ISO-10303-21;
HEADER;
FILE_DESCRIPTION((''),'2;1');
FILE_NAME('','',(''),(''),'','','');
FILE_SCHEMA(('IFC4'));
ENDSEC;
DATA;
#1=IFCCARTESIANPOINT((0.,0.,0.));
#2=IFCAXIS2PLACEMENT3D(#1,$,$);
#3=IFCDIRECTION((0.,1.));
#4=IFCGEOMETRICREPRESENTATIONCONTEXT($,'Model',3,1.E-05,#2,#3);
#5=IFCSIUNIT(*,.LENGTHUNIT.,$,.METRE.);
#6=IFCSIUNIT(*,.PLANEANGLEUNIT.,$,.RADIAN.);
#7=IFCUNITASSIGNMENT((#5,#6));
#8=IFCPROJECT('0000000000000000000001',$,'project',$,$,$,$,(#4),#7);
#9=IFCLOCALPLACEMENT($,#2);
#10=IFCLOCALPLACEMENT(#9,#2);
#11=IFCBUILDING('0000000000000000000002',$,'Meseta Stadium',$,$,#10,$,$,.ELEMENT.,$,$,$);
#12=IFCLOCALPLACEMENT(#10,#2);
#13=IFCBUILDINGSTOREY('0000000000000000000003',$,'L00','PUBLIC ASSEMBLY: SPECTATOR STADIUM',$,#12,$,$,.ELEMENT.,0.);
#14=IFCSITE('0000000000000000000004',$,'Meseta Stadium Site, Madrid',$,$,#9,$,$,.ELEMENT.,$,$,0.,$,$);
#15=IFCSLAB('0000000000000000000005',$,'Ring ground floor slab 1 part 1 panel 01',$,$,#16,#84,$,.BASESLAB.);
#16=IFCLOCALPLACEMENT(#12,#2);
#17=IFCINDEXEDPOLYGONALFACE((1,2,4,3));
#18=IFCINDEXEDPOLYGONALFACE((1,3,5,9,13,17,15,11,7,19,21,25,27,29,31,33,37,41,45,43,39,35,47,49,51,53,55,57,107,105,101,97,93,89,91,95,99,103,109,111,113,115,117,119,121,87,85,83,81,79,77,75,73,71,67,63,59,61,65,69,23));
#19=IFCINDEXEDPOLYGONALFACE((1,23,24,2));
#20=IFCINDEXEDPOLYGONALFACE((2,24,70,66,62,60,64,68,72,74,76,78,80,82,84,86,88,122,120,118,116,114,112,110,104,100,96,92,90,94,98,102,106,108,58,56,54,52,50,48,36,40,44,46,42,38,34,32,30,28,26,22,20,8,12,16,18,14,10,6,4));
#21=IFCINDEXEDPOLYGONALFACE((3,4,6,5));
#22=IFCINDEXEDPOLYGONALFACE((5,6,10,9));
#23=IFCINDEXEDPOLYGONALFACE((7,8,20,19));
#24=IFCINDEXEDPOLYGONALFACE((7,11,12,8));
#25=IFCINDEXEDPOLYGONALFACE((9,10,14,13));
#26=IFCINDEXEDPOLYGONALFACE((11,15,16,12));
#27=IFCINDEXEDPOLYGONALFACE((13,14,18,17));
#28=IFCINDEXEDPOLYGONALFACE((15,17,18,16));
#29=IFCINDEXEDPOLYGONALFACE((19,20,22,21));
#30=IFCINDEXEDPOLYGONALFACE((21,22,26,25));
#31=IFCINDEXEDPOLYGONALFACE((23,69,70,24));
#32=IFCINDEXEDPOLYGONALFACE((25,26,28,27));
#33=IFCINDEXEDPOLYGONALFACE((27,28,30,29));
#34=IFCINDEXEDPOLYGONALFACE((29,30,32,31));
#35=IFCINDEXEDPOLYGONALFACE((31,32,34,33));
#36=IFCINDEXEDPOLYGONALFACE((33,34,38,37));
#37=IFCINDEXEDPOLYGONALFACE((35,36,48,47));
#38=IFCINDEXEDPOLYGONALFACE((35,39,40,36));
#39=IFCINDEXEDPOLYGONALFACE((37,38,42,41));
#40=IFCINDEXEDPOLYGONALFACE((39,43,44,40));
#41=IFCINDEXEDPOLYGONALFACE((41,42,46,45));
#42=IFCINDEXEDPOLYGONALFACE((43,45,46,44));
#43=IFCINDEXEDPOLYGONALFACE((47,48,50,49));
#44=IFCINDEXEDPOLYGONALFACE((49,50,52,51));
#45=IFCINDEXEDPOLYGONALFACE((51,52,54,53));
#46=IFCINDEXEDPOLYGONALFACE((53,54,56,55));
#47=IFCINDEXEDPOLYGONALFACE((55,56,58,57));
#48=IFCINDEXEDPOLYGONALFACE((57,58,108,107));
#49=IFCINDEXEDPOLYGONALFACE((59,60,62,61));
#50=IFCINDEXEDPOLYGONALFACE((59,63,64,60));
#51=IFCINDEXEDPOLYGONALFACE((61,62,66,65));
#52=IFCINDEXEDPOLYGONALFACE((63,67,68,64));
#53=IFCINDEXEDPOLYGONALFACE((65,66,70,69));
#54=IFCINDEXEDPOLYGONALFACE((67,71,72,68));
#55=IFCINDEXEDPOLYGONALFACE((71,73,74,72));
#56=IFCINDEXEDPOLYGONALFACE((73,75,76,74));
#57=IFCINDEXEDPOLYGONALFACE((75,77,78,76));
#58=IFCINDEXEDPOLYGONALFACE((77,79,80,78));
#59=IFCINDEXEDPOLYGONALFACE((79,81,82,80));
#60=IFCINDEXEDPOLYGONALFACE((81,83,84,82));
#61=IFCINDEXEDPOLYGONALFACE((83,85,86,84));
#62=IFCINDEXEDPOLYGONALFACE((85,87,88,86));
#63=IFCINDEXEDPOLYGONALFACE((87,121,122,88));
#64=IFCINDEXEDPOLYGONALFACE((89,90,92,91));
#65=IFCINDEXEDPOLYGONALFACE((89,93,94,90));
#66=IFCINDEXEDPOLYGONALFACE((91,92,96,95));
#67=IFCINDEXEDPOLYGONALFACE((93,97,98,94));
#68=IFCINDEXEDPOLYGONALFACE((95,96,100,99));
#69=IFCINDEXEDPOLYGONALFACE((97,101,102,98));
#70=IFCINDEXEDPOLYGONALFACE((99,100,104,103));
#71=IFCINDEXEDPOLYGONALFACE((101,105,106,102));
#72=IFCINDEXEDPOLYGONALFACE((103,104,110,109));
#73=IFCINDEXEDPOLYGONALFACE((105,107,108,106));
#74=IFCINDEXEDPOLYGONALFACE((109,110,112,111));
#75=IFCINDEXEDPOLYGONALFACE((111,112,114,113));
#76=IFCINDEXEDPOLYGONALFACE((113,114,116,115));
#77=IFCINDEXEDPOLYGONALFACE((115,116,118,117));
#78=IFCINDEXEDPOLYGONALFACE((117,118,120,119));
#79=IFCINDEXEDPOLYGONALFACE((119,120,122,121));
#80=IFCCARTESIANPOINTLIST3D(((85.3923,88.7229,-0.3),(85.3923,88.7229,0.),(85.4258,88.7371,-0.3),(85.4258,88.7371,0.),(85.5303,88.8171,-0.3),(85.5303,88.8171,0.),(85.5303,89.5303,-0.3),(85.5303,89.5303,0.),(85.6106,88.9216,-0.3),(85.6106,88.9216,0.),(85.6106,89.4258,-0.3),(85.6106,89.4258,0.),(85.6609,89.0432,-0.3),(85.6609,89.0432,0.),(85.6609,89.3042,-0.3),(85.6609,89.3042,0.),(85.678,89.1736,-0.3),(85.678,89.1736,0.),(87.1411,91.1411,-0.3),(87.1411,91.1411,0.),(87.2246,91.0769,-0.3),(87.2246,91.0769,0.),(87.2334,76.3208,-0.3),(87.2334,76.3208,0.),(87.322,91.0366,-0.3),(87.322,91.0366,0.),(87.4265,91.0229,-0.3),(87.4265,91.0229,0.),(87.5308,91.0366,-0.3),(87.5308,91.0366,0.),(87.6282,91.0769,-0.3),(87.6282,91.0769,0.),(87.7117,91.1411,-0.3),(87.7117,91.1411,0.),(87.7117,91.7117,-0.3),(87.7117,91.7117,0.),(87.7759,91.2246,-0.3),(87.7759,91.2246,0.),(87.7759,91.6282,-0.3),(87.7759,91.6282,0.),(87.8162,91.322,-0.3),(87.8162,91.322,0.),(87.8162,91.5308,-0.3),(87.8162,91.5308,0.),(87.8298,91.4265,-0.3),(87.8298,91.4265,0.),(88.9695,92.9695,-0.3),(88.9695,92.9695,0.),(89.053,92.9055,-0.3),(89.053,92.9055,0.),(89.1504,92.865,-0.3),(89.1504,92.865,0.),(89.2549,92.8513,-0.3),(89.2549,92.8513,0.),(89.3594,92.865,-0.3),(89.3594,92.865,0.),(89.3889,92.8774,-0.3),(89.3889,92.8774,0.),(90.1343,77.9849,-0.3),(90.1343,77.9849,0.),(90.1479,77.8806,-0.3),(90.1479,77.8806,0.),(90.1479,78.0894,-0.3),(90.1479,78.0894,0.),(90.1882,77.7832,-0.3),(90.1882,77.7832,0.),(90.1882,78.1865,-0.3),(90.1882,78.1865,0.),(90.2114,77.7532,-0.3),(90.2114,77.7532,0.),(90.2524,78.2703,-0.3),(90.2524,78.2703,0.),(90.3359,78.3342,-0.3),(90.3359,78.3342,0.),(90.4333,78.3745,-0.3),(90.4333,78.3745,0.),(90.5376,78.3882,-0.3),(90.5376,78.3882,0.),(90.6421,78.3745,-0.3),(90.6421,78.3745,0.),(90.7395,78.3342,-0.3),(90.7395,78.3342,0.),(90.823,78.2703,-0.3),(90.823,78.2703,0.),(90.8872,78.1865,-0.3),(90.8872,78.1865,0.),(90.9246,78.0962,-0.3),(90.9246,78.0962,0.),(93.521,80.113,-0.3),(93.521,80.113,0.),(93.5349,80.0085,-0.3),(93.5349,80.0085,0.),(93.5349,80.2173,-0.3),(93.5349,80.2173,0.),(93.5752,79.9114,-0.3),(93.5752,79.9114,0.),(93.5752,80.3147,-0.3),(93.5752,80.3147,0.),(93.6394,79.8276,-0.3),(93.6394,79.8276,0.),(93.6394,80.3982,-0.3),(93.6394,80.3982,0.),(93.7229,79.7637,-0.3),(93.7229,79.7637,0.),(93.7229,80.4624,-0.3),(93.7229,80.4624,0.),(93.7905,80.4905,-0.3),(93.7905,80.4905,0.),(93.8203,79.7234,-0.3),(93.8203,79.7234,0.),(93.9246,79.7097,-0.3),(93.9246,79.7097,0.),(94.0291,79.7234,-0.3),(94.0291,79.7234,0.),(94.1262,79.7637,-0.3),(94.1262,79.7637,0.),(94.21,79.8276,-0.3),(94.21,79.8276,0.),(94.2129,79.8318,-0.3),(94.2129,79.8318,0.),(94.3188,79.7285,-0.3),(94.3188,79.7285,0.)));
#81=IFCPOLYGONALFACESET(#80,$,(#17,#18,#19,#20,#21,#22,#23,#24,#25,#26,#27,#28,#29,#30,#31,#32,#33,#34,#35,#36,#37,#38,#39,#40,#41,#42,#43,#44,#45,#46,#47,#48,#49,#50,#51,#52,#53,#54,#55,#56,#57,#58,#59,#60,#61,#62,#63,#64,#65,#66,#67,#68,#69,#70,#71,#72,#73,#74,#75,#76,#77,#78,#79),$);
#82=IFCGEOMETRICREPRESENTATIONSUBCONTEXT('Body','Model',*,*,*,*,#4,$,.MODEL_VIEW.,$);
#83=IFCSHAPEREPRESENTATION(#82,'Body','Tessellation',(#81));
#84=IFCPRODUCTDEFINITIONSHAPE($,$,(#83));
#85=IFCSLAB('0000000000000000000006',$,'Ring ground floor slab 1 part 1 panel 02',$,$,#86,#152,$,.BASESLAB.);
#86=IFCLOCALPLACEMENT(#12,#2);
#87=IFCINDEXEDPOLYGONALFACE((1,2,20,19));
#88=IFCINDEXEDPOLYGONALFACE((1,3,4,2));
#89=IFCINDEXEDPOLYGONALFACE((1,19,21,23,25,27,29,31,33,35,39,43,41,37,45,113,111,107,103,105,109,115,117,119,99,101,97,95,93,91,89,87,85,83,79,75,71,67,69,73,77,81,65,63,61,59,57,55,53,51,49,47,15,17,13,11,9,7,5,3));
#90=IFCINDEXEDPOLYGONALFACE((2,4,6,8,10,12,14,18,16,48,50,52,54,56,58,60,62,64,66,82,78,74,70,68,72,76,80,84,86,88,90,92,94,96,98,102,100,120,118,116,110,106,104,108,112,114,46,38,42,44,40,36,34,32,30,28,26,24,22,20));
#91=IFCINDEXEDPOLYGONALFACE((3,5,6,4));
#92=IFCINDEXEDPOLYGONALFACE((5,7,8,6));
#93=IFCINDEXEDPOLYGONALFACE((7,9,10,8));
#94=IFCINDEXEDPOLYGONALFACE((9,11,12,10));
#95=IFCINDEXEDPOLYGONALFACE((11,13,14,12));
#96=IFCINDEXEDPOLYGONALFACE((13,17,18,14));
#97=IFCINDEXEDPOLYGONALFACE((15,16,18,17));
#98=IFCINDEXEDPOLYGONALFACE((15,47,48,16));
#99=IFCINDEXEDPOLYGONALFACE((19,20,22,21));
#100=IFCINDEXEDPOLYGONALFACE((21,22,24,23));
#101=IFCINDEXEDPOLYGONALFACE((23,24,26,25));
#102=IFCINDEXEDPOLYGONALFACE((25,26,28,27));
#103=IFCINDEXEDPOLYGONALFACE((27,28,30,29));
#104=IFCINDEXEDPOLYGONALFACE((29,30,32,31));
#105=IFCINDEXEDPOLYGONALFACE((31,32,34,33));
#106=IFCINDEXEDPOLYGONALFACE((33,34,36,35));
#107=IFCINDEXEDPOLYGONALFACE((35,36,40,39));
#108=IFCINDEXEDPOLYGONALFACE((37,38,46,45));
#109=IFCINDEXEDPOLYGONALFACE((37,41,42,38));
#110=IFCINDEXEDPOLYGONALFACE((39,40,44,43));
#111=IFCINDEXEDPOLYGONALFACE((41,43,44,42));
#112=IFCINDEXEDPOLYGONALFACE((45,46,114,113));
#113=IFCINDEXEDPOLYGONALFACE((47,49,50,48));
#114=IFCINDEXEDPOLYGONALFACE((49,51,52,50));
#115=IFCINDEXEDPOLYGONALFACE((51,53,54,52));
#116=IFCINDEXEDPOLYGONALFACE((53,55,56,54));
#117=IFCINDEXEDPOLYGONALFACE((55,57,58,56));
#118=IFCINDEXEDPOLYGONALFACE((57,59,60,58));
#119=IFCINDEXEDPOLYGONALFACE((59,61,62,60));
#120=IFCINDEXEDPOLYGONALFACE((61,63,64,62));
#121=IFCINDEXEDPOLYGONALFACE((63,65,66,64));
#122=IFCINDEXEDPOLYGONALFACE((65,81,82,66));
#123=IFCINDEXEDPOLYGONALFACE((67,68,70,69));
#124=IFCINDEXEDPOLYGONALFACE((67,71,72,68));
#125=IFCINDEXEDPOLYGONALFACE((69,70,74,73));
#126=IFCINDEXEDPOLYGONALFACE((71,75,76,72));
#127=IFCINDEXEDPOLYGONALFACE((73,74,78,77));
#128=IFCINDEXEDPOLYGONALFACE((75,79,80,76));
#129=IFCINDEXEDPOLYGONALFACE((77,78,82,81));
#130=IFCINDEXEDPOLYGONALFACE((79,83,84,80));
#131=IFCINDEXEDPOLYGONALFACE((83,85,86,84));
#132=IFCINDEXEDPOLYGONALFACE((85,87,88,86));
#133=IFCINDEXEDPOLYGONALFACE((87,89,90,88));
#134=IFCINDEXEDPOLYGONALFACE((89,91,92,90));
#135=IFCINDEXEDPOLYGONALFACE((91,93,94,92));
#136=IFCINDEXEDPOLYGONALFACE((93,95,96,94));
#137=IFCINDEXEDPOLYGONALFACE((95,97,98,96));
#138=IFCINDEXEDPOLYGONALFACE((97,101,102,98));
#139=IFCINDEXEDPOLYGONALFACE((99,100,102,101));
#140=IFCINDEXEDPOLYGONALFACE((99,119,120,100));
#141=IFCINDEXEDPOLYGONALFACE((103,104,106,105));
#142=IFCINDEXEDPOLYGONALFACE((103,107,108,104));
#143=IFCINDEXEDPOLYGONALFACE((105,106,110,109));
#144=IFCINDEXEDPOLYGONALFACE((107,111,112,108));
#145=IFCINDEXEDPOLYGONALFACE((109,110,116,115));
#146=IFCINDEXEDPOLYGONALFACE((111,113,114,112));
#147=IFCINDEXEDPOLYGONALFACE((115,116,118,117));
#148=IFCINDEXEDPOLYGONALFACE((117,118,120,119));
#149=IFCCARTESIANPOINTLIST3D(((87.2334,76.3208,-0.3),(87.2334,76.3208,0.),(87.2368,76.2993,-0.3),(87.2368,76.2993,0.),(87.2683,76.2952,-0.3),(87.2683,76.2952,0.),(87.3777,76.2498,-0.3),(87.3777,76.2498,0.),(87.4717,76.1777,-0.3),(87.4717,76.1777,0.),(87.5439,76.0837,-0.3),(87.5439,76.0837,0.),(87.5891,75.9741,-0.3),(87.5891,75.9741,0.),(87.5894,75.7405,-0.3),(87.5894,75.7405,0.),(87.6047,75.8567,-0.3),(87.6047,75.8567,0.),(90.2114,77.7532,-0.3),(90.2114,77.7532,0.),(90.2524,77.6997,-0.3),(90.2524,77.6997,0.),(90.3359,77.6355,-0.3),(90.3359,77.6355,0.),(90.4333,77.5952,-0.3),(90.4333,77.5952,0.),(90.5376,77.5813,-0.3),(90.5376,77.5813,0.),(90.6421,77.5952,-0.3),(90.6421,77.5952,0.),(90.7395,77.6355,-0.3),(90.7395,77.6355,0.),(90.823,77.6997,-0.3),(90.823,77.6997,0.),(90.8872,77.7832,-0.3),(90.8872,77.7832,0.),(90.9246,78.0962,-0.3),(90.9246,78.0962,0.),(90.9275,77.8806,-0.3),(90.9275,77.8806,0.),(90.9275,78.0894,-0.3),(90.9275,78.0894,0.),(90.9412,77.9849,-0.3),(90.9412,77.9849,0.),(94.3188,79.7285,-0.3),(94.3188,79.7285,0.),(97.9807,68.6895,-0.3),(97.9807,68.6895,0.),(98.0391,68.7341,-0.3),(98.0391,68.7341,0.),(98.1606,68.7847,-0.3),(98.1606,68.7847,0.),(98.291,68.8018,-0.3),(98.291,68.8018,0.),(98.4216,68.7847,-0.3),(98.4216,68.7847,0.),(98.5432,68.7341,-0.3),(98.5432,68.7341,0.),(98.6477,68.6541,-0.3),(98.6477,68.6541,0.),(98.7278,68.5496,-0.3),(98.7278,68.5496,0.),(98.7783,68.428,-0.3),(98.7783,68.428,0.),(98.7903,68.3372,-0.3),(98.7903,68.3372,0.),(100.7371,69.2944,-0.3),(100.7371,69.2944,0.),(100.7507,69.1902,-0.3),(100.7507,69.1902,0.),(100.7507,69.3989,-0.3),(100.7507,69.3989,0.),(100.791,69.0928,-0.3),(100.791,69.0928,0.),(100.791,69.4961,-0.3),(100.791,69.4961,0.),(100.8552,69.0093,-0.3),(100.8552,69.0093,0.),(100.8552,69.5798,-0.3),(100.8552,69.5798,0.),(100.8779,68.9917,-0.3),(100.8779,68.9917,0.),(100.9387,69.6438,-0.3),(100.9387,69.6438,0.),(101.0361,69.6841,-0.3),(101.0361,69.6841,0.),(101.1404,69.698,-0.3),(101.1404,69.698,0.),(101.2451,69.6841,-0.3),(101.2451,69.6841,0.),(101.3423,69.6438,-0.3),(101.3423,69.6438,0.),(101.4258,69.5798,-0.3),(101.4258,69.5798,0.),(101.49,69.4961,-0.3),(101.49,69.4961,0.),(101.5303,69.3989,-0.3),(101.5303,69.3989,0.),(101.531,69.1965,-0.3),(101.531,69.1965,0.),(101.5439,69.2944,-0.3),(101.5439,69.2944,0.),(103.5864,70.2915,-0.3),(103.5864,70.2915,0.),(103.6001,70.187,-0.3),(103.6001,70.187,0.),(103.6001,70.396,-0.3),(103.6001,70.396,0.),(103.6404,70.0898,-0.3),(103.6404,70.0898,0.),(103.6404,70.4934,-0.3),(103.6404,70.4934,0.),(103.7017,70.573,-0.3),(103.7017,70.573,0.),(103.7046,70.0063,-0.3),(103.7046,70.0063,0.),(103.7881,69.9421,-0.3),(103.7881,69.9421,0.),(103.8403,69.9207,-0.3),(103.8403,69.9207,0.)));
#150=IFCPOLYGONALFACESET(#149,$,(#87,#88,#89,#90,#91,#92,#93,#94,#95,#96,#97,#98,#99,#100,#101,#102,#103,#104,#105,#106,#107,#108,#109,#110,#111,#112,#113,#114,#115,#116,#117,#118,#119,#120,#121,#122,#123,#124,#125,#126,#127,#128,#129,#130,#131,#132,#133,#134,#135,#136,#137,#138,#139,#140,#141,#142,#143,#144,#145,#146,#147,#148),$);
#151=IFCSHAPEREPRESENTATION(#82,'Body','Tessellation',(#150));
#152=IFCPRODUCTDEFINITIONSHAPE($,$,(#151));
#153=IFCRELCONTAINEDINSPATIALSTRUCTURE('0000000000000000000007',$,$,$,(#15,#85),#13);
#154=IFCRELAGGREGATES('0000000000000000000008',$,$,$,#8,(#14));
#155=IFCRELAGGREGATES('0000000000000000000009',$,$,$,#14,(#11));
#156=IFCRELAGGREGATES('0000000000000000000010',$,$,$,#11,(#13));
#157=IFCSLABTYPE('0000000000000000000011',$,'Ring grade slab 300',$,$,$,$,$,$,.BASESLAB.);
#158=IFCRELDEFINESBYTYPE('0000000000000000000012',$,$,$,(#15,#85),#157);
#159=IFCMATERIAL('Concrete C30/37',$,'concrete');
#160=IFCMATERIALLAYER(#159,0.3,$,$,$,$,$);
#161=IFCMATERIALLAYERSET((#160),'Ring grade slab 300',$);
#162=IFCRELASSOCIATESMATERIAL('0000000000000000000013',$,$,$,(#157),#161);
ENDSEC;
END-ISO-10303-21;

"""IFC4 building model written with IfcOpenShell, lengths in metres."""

from ifc_helpers import new_model, si_unit, direction, frame, origin, place, context, subcontext, project, spatial, polyline, outline, extrude, material, layer, layer_set, type_object, element, save


model = new_model("IFC4")

# Units and contexts
model_context = context("Model", 3, precision=1e-05, world=origin(), true_north=direction((0.0, 1.0)))
body_context = subcontext(model_context, "Body", "Model", "MODEL_VIEW")
ifc_project = project(units=[si_unit("LENGTHUNIT", "METRE"), si_unit("PLANEANGLEUNIT", "RADIAN")], contexts=[model_context])

# Site, building, storey
site_placement = place(None, origin())
site = spatial("IfcSite", under=ifc_project, at=site_placement, Name="Meseta Stadium Site, Madrid", CompositionType="ELEMENT", RefElevation=0.0)
building_placement = place(site_placement, origin())
building = spatial("IfcBuilding", under=site, at=building_placement, Name="Meseta Stadium", CompositionType="ELEMENT")
storey_placement = place(building_placement, origin())
storey = spatial("IfcBuildingStorey", under=building, at=storey_placement, Name="L00", Description="PUBLIC ASSEMBLY: SPECTATOR STADIUM", CompositionType="ELEMENT", Elevation=0.0)

# Slabs
ifc_material_1 = material(Name="Concrete C30/37", Category="concrete")
ifc_layer_1 = layer(ifc_material_1, 0.3)
ifc_layer_set_1 = layer_set([ifc_layer_1], Name="Ring grade slab 300")
slab_type_1 = type_object("IfcSlabType", Name="Ring grade slab 300", PredefinedType="BASESLAB", material=ifc_layer_set_1)
slab_1_placement = place(storey_placement, frame((0.0, 0.0, -0.3)))
element("IfcSlab", 1, at=slab_1_placement, inside=storey, type_object=slab_type_1, Name="Ring ground floor slab 1 part 1 panel 01", PredefinedType="BASESLAB", context=body_context, shape_type="SweptSolid", body=[
    extrude(outline(polyline([(85.6106, 88.9216), (85.5303, 88.8171), (85.4258, 88.7371), (85.3923, 88.7229), (87.2334, 76.3208), (90.2114, 77.7532), (90.1882, 77.7832), (90.1479, 77.8806), (90.1343, 77.9849), (90.1479, 78.0894), (90.1882, 78.1865), (90.2524, 78.2703), (90.3359, 78.3342), (90.4333, 78.3745), (90.5376, 78.3882), (90.6421, 78.3745), (90.7395, 78.3342), (90.823, 78.2703), (90.8872, 78.1865), (90.9246, 78.0962), (94.3188, 79.7285), (94.2129, 79.8318), (94.21, 79.8276), (94.1262, 79.7637), (94.0291, 79.7234), (93.9246, 79.7097), (93.8203, 79.7234), (93.7229, 79.7637), (93.6394, 79.8276), (93.5752, 79.9114), (93.5349, 80.0085), (93.521, 80.113), (93.5349, 80.2173), (93.5752, 80.3147), (93.6394, 80.3982), (93.7229, 80.4624), (93.7905, 80.4905), (89.3889, 92.8774), (89.3594, 92.865), (89.2549, 92.8513), (89.1504, 92.865), (89.053, 92.9055), (88.9695, 92.9695), (87.7117, 91.7117), (87.7759, 91.6282), (87.8162, 91.5308), (87.8298, 91.4265), (87.8162, 91.322), (87.7759, 91.2246), (87.7117, 91.1411), (87.6282, 91.0769), (87.5308, 91.0366), (87.4265, 91.0229), (87.322, 91.0366), (87.2246, 91.0769), (87.1411, 91.1411), (85.5303, 89.5303), (85.6106, 89.4258), (85.6609, 89.3042), (85.678, 89.1736), (85.6609, 89.0432), (85.6106, 88.9216)])), origin(), (0.0, 0.0, 1.0), 0.3),
])
slab_2_placement = place(storey_placement, frame((0.0, 0.0, -0.3)))
element("IfcSlab", 2, at=slab_2_placement, inside=storey, type_object=slab_type_1, Name="Ring ground floor slab 1 part 1 panel 02", PredefinedType="BASESLAB", context=body_context, shape_type="SweptSolid", body=[
    extrude(outline(polyline([(103.6404, 70.4934), (103.7017, 70.573), (94.3188, 79.7285), (90.9246, 78.0962), (90.9275, 78.0894), (90.9412, 77.9849), (90.9275, 77.8806), (90.8872, 77.7832), (90.823, 77.6997), (90.7395, 77.6355), (90.6421, 77.5952), (90.5376, 77.5813), (90.4333, 77.5952), (90.3359, 77.6355), (90.2524, 77.6997), (90.2114, 77.7532), (87.2334, 76.3208), (87.2368, 76.2993), (87.2683, 76.2952), (87.3777, 76.2498), (87.4717, 76.1777), (87.5439, 76.0837), (87.5891, 75.9741), (87.6047, 75.8567), (87.5894, 75.7405), (97.9807, 68.6895), (98.0391, 68.7341), (98.1606, 68.7847), (98.291, 68.8018), (98.4216, 68.7847), (98.5432, 68.7341), (98.6477, 68.6541), (98.7278, 68.5496), (98.7783, 68.428), (98.7903, 68.3372), (100.8779, 68.9917), (100.8552, 69.0093), (100.791, 69.0928), (100.7507, 69.1902), (100.7371, 69.2944), (100.7507, 69.3989), (100.791, 69.4961), (100.8552, 69.5798), (100.9387, 69.6438), (101.0361, 69.6841), (101.1404, 69.698), (101.2451, 69.6841), (101.3423, 69.6438), (101.4258, 69.5798), (101.49, 69.4961), (101.5303, 69.3989), (101.5439, 69.2944), (101.531, 69.1965), (103.8403, 69.9207), (103.7881, 69.9421), (103.7046, 70.0063), (103.6404, 70.0898), (103.6001, 70.187), (103.5864, 70.2915), (103.6001, 70.396), (103.6404, 70.4934)])), origin(), (0.0, 0.0, 1.0), 0.3),
])

save(model, "model.ifc")
